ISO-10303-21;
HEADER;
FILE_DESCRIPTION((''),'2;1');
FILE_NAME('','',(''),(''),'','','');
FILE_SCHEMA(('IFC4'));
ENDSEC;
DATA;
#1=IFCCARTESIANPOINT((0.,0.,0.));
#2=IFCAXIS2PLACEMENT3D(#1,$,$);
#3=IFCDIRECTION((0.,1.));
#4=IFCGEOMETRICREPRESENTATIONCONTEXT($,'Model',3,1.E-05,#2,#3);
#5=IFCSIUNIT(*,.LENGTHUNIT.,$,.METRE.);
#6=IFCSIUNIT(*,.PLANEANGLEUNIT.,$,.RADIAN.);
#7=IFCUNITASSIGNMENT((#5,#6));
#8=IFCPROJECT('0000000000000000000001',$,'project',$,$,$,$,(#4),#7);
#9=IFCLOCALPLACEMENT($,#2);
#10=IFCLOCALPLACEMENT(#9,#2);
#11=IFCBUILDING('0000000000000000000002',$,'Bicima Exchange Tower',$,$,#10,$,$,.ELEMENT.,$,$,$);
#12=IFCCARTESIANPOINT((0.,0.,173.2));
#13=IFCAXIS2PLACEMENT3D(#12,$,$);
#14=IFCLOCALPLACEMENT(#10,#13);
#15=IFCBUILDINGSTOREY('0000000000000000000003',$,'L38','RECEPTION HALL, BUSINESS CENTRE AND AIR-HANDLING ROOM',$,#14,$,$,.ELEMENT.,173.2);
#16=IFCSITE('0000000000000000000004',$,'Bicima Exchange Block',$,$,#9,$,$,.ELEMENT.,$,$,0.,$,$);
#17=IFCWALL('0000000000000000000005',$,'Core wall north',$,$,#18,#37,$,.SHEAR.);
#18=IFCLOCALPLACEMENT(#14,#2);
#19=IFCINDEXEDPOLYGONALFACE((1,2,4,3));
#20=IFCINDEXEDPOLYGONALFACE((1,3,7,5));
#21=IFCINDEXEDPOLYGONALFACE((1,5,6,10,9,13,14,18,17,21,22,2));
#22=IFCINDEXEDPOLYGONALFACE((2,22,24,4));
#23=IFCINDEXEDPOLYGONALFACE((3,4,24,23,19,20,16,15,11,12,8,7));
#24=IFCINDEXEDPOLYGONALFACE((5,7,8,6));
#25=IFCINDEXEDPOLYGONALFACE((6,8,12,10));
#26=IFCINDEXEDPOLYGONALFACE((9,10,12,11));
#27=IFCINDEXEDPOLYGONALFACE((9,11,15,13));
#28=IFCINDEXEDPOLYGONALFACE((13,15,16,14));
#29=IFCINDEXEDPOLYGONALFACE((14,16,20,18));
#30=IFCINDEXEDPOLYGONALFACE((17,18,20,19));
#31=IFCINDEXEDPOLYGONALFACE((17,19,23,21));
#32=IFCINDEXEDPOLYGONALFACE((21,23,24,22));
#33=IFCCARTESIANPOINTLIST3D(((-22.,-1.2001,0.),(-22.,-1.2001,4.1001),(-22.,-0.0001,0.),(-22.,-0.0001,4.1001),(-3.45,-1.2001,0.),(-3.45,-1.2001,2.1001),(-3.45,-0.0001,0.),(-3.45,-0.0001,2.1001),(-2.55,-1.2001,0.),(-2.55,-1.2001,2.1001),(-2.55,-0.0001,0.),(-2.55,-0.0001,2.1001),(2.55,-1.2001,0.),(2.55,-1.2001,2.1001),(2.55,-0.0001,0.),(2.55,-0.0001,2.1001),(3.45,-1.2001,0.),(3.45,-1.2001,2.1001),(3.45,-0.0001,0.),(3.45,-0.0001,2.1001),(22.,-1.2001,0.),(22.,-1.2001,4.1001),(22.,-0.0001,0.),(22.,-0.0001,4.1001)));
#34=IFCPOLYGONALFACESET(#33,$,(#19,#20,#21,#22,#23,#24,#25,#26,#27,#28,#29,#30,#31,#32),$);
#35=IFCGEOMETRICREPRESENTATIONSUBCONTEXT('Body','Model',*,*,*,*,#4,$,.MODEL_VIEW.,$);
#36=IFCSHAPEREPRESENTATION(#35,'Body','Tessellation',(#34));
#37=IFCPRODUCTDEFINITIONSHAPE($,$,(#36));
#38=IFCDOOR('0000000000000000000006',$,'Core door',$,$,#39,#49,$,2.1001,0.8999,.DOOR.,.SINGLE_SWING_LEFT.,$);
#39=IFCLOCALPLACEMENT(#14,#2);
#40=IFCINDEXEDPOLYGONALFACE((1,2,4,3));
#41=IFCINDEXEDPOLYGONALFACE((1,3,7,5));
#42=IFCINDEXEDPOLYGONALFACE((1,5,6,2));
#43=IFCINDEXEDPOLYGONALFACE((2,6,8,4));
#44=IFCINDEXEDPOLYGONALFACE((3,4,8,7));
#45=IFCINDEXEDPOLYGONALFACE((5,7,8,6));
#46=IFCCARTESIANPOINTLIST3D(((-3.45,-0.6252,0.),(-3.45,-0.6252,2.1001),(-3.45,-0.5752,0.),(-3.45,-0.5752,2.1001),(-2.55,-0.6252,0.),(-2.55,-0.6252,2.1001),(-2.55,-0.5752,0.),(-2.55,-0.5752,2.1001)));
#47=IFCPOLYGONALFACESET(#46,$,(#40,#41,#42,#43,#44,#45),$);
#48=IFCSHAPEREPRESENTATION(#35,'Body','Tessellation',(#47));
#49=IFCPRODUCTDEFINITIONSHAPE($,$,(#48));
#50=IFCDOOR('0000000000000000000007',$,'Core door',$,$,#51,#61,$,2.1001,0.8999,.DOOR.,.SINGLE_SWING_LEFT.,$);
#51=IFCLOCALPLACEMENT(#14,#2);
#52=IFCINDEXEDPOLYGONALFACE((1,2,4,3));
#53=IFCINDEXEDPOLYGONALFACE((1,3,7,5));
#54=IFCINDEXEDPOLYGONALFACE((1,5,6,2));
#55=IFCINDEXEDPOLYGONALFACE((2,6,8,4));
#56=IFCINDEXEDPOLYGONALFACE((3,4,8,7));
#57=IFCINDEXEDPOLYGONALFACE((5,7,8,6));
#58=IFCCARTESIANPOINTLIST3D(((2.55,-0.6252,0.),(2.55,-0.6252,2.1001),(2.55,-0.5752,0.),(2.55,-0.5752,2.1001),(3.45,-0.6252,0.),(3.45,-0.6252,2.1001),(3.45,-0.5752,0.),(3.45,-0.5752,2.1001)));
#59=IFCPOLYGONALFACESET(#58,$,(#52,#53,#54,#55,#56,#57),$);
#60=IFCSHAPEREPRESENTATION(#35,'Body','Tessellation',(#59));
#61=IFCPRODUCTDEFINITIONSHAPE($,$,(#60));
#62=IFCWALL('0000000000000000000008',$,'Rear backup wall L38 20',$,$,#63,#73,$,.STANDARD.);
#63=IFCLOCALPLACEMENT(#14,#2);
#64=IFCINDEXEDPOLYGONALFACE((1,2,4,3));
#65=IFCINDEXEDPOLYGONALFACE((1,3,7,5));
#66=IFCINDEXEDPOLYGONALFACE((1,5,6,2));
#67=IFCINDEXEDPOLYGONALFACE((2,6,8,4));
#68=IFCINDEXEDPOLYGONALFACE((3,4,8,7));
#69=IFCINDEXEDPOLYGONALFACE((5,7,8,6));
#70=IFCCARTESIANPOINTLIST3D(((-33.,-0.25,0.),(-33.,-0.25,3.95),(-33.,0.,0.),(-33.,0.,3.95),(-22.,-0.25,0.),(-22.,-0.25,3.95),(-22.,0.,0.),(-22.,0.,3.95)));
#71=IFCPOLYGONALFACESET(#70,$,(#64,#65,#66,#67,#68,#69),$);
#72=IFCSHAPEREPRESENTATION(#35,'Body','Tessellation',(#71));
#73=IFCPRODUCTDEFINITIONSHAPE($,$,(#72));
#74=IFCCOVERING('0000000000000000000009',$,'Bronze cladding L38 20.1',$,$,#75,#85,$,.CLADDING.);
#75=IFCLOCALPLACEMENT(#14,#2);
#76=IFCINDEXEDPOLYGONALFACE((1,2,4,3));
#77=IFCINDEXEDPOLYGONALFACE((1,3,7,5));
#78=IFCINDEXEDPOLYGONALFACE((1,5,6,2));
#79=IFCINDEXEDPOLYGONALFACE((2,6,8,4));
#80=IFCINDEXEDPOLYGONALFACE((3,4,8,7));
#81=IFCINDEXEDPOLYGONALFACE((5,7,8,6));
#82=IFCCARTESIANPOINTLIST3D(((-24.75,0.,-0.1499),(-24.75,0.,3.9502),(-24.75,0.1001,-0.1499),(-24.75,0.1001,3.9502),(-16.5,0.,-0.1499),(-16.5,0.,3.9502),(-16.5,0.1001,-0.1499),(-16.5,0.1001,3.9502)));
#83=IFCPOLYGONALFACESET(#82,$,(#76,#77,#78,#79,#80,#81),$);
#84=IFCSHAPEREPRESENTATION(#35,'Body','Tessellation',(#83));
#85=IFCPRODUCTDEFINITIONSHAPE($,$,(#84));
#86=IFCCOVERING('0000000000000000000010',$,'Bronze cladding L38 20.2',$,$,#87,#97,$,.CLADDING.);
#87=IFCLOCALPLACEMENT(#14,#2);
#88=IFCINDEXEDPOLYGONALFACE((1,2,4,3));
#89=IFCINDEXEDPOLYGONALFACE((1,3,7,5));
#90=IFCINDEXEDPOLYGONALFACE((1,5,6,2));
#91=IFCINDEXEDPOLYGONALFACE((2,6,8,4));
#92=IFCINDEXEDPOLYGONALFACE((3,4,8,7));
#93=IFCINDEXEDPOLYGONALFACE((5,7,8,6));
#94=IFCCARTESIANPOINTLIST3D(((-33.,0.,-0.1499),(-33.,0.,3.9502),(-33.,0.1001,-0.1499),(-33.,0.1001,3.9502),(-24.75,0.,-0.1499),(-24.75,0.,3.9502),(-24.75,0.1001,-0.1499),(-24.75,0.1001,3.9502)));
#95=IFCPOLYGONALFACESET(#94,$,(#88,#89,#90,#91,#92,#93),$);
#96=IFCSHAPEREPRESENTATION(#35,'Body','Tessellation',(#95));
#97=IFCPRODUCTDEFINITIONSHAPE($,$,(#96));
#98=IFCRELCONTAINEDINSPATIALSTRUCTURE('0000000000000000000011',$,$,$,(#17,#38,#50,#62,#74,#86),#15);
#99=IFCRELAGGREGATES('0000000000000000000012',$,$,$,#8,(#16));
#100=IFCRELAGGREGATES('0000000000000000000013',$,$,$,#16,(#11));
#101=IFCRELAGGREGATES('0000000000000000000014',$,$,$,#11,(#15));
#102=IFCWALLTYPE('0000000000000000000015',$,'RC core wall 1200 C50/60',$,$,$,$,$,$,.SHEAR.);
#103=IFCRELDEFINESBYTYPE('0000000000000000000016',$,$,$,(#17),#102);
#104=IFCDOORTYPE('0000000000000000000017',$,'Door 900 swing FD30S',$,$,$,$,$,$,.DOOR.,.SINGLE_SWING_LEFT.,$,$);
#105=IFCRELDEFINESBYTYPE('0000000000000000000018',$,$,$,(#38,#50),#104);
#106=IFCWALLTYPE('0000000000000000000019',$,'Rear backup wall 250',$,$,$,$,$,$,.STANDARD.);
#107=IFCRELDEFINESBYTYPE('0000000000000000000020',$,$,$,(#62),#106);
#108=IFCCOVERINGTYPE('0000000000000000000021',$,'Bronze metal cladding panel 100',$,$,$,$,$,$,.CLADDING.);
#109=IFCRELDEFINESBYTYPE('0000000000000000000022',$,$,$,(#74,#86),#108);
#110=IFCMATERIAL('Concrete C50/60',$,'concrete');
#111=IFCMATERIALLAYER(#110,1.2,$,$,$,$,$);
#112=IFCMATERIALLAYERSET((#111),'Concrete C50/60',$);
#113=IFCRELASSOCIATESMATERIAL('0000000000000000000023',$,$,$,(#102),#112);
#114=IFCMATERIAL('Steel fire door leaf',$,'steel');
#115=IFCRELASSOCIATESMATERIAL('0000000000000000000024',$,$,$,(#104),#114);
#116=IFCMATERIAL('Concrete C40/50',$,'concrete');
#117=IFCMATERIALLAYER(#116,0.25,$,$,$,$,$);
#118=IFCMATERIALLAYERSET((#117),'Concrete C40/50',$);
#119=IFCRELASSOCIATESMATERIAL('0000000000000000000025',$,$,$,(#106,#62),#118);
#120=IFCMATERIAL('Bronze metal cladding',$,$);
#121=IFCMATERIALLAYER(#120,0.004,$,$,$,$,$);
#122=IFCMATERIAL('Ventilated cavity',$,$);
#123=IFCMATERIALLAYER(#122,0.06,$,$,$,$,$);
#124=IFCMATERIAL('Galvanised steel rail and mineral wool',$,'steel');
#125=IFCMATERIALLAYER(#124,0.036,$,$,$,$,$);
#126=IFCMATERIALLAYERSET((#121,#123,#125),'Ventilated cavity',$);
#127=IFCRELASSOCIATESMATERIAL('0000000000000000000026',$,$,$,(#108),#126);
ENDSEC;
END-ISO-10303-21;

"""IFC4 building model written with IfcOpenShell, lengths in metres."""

from ifc_helpers import new_model, si_unit, direction, frame, frame_2d, origin, origin_2d, place, context, subcontext, project, spatial, rectangle, extrude, material, layer, layer_set, layer_usage, type_object, element, fill, save


model = new_model("IFC4")

# Units and contexts
model_context = context("Model", 3, precision=1e-05, world=origin(), true_north=direction((0.0, 1.0)))
body_context = subcontext(model_context, "Body", "Model", "MODEL_VIEW")
ifc_project = project(units=[si_unit("LENGTHUNIT", "METRE"), si_unit("PLANEANGLEUNIT", "RADIAN")], contexts=[model_context])

# Site, building, storey
site_placement = place(None, origin())
site = spatial("IfcSite", under=ifc_project, at=site_placement, Name="Bicima Exchange Block", CompositionType="ELEMENT", RefElevation=0.0)
building_placement = place(site_placement, origin())
building = spatial("IfcBuilding", under=site, at=building_placement, Name="Bicima Exchange Tower", CompositionType="ELEMENT")
storey_placement = place(building_placement, frame((0.0, 0.0, 173.2)))
storey = spatial("IfcBuildingStorey", under=building, at=storey_placement, Name="L38", Description="RECEPTION HALL, BUSINESS CENTRE AND AIR-HANDLING ROOM", CompositionType="ELEMENT", Elevation=173.2)

# Wall, openings, doors
ifc_material_1 = material(Name="Concrete C50/60", Category="concrete")
ifc_layer_1 = layer(ifc_material_1, 1.2)
ifc_layer_set_1 = layer_set([ifc_layer_1], Name="Concrete C50/60")
wall_type_1 = type_object("IfcWallType", Name="RC core wall 1200 C50/60", PredefinedType="SHEAR", material=ifc_layer_set_1)
wall_1_placement = place(storey_placement, frame((-22.0, -0.6001, 0.0), z_axis=(0.0, 0.0, 1.0), x_axis=(1.0, 0.0, 0.0)))
wall_1 = element("IfcWall", 1, at=wall_1_placement, inside=storey, type_object=wall_type_1, Name="Core wall north", PredefinedType="SHEAR", context=body_context, shape_type="SweptSolid", body=[
    extrude(rectangle(XDim=44.0, YDim=1.2, at=frame_2d((22.0, 0.0))), origin(), (0.0, 0.0, 1.0), 4.1001),
])
opening_1_placement = place(wall_1_placement, frame((18.55, 0.0, 0.0)))
opening_1 = element("IfcOpeningElement", 2, at=opening_1_placement, cuts=wall_1, PredefinedType="OPENING", context=body_context, shape_type="SweptSolid", body=[
    extrude(rectangle(XDim=0.8999, YDim=2.1001, at=frame_2d((0.45, 1.05))), frame((0.0, 0.6118, 0.0), z_axis=(0.0, -1.0, 0.0), x_axis=(1.0, 0.0, 0.0)), (0.0, 0.0, 1.0), 1.2239),
])
opening_2_placement = place(wall_1_placement, frame((24.55, 0.0, 0.0)))
opening_2 = element("IfcOpeningElement", 3, at=opening_2_placement, cuts=wall_1, PredefinedType="OPENING", context=body_context, shape_type="SweptSolid", body=[
    extrude(rectangle(XDim=0.8999, YDim=2.1001, at=frame_2d((0.45, 1.05))), frame((0.0, 0.6118, 0.0), z_axis=(0.0, -1.0, 0.0), x_axis=(1.0, 0.0, 0.0)), (0.0, 0.0, 1.0), 1.2239),
])
ifc_material_2 = material(Name="Steel fire door leaf", Category="steel")
door_type = type_object("IfcDoorType", Name="Door 900 swing FD30S", OperationType="SINGLE_SWING_LEFT", PredefinedType="DOOR", material=ifc_material_2)
door_1_placement = place(opening_1_placement, origin())
door_1 = element("IfcDoor", 4, at=door_1_placement, inside=storey, type_object=door_type, Name="Core door", OperationType="SINGLE_SWING_LEFT", OverallHeight=2.1001, OverallWidth=0.8999, PredefinedType="DOOR", context=body_context, shape_type="SweptSolid", body=[
    extrude(rectangle(XDim=0.8999, YDim=2.1001, at=frame_2d((0.45, 1.05))), frame((0.0, 0.0249, 0.0), z_axis=(0.0, -1.0, 0.0), x_axis=(1.0, 0.0, 0.0)), (0.0, 0.0, 1.0), 0.05),
])
fill(opening_1, door_1)
door_2_placement = place(opening_2_placement, origin())
door_2 = element("IfcDoor", 5, at=door_2_placement, inside=storey, type_object=door_type, Name="Core door", OperationType="SINGLE_SWING_LEFT", OverallHeight=2.1001, OverallWidth=0.8999, PredefinedType="DOOR", context=body_context, shape_type="SweptSolid", body=[
    extrude(rectangle(XDim=0.8999, YDim=2.1001, at=frame_2d((0.45, 1.05))), frame((0.0, 0.0249, 0.0), z_axis=(0.0, -1.0, 0.0), x_axis=(1.0, 0.0, 0.0)), (0.0, 0.0, 1.0), 0.05),
])
fill(opening_2, door_2)

# Wall
ifc_material_3 = material(Name="Concrete C40/50", Category="concrete")
ifc_layer_2 = layer(ifc_material_3, 0.25)
ifc_layer_set_2 = layer_set([ifc_layer_2], Name="Concrete C40/50")
ifc_layer_usage = layer_usage(ifc_layer_set_2, "AXIS2", "POSITIVE", -0.125)
wall_type_2 = type_object("IfcWallType", Name="Rear backup wall 250", PredefinedType="STANDARD", material=ifc_layer_set_2)
wall_2_placement = place(storey_placement, frame((-22.0, -0.125, 0.0), z_axis=(0.0, 0.0, 1.0), x_axis=(-1.0, 0.0, 0.0)))
element("IfcWall", 6, at=wall_2_placement, inside=storey, type_object=wall_type_2, material=ifc_layer_usage, Name="Rear backup wall L38 20", PredefinedType="STANDARD", context=body_context, shape_type="SweptSolid", body=[
    extrude(rectangle(XDim=11.0, YDim=0.25, at=frame_2d((5.5, 0.0))), origin(), (0.0, 0.0, 1.0), 3.95),
])

# Coverings
ifc_material_4 = material(Name="Bronze metal cladding")
ifc_layer_3 = layer(ifc_material_4, 0.004)
ifc_material_5 = material(Name="Ventilated cavity")
ifc_layer_4 = layer(ifc_material_5, 0.06)
ifc_material_6 = material(Name="Galvanised steel rail and mineral wool", Category="steel")
ifc_layer_5 = layer(ifc_material_6, 0.036)
ifc_layer_set_3 = layer_set([ifc_layer_3, ifc_layer_4, ifc_layer_5], Name="Ventilated cavity")
covering_type = type_object("IfcCoveringType", Name="Bronze metal cladding panel 100", PredefinedType="CLADDING", material=ifc_layer_set_3)
for number, where, z_axis, x_axis, name in (
    (7, (-20.625, 0.05, -0.1499), (0.0, 0.0, 1.0), (-1.0, 0.0, 0.0), "Bronze cladding L38 20.1"),
    (8, (-28.875, 0.05, -0.1499), (0.0, 0.0, 1.0), (-1.0, 0.0, 0.0), "Bronze cladding L38 20.2"),
):
    element("IfcCovering", number, at=place(storey_placement, frame(where, z_axis=z_axis, x_axis=x_axis)), inside=storey, type_object=covering_type, Name=name, PredefinedType="CLADDING", context=body_context, shape_type="SweptSolid", body=[
        extrude(rectangle(XDim=8.25, YDim=0.1001, at=origin_2d()), origin(), (0.0, 0.0, 1.0), 4.1001),
    ])

save(model, "model.ifc")
